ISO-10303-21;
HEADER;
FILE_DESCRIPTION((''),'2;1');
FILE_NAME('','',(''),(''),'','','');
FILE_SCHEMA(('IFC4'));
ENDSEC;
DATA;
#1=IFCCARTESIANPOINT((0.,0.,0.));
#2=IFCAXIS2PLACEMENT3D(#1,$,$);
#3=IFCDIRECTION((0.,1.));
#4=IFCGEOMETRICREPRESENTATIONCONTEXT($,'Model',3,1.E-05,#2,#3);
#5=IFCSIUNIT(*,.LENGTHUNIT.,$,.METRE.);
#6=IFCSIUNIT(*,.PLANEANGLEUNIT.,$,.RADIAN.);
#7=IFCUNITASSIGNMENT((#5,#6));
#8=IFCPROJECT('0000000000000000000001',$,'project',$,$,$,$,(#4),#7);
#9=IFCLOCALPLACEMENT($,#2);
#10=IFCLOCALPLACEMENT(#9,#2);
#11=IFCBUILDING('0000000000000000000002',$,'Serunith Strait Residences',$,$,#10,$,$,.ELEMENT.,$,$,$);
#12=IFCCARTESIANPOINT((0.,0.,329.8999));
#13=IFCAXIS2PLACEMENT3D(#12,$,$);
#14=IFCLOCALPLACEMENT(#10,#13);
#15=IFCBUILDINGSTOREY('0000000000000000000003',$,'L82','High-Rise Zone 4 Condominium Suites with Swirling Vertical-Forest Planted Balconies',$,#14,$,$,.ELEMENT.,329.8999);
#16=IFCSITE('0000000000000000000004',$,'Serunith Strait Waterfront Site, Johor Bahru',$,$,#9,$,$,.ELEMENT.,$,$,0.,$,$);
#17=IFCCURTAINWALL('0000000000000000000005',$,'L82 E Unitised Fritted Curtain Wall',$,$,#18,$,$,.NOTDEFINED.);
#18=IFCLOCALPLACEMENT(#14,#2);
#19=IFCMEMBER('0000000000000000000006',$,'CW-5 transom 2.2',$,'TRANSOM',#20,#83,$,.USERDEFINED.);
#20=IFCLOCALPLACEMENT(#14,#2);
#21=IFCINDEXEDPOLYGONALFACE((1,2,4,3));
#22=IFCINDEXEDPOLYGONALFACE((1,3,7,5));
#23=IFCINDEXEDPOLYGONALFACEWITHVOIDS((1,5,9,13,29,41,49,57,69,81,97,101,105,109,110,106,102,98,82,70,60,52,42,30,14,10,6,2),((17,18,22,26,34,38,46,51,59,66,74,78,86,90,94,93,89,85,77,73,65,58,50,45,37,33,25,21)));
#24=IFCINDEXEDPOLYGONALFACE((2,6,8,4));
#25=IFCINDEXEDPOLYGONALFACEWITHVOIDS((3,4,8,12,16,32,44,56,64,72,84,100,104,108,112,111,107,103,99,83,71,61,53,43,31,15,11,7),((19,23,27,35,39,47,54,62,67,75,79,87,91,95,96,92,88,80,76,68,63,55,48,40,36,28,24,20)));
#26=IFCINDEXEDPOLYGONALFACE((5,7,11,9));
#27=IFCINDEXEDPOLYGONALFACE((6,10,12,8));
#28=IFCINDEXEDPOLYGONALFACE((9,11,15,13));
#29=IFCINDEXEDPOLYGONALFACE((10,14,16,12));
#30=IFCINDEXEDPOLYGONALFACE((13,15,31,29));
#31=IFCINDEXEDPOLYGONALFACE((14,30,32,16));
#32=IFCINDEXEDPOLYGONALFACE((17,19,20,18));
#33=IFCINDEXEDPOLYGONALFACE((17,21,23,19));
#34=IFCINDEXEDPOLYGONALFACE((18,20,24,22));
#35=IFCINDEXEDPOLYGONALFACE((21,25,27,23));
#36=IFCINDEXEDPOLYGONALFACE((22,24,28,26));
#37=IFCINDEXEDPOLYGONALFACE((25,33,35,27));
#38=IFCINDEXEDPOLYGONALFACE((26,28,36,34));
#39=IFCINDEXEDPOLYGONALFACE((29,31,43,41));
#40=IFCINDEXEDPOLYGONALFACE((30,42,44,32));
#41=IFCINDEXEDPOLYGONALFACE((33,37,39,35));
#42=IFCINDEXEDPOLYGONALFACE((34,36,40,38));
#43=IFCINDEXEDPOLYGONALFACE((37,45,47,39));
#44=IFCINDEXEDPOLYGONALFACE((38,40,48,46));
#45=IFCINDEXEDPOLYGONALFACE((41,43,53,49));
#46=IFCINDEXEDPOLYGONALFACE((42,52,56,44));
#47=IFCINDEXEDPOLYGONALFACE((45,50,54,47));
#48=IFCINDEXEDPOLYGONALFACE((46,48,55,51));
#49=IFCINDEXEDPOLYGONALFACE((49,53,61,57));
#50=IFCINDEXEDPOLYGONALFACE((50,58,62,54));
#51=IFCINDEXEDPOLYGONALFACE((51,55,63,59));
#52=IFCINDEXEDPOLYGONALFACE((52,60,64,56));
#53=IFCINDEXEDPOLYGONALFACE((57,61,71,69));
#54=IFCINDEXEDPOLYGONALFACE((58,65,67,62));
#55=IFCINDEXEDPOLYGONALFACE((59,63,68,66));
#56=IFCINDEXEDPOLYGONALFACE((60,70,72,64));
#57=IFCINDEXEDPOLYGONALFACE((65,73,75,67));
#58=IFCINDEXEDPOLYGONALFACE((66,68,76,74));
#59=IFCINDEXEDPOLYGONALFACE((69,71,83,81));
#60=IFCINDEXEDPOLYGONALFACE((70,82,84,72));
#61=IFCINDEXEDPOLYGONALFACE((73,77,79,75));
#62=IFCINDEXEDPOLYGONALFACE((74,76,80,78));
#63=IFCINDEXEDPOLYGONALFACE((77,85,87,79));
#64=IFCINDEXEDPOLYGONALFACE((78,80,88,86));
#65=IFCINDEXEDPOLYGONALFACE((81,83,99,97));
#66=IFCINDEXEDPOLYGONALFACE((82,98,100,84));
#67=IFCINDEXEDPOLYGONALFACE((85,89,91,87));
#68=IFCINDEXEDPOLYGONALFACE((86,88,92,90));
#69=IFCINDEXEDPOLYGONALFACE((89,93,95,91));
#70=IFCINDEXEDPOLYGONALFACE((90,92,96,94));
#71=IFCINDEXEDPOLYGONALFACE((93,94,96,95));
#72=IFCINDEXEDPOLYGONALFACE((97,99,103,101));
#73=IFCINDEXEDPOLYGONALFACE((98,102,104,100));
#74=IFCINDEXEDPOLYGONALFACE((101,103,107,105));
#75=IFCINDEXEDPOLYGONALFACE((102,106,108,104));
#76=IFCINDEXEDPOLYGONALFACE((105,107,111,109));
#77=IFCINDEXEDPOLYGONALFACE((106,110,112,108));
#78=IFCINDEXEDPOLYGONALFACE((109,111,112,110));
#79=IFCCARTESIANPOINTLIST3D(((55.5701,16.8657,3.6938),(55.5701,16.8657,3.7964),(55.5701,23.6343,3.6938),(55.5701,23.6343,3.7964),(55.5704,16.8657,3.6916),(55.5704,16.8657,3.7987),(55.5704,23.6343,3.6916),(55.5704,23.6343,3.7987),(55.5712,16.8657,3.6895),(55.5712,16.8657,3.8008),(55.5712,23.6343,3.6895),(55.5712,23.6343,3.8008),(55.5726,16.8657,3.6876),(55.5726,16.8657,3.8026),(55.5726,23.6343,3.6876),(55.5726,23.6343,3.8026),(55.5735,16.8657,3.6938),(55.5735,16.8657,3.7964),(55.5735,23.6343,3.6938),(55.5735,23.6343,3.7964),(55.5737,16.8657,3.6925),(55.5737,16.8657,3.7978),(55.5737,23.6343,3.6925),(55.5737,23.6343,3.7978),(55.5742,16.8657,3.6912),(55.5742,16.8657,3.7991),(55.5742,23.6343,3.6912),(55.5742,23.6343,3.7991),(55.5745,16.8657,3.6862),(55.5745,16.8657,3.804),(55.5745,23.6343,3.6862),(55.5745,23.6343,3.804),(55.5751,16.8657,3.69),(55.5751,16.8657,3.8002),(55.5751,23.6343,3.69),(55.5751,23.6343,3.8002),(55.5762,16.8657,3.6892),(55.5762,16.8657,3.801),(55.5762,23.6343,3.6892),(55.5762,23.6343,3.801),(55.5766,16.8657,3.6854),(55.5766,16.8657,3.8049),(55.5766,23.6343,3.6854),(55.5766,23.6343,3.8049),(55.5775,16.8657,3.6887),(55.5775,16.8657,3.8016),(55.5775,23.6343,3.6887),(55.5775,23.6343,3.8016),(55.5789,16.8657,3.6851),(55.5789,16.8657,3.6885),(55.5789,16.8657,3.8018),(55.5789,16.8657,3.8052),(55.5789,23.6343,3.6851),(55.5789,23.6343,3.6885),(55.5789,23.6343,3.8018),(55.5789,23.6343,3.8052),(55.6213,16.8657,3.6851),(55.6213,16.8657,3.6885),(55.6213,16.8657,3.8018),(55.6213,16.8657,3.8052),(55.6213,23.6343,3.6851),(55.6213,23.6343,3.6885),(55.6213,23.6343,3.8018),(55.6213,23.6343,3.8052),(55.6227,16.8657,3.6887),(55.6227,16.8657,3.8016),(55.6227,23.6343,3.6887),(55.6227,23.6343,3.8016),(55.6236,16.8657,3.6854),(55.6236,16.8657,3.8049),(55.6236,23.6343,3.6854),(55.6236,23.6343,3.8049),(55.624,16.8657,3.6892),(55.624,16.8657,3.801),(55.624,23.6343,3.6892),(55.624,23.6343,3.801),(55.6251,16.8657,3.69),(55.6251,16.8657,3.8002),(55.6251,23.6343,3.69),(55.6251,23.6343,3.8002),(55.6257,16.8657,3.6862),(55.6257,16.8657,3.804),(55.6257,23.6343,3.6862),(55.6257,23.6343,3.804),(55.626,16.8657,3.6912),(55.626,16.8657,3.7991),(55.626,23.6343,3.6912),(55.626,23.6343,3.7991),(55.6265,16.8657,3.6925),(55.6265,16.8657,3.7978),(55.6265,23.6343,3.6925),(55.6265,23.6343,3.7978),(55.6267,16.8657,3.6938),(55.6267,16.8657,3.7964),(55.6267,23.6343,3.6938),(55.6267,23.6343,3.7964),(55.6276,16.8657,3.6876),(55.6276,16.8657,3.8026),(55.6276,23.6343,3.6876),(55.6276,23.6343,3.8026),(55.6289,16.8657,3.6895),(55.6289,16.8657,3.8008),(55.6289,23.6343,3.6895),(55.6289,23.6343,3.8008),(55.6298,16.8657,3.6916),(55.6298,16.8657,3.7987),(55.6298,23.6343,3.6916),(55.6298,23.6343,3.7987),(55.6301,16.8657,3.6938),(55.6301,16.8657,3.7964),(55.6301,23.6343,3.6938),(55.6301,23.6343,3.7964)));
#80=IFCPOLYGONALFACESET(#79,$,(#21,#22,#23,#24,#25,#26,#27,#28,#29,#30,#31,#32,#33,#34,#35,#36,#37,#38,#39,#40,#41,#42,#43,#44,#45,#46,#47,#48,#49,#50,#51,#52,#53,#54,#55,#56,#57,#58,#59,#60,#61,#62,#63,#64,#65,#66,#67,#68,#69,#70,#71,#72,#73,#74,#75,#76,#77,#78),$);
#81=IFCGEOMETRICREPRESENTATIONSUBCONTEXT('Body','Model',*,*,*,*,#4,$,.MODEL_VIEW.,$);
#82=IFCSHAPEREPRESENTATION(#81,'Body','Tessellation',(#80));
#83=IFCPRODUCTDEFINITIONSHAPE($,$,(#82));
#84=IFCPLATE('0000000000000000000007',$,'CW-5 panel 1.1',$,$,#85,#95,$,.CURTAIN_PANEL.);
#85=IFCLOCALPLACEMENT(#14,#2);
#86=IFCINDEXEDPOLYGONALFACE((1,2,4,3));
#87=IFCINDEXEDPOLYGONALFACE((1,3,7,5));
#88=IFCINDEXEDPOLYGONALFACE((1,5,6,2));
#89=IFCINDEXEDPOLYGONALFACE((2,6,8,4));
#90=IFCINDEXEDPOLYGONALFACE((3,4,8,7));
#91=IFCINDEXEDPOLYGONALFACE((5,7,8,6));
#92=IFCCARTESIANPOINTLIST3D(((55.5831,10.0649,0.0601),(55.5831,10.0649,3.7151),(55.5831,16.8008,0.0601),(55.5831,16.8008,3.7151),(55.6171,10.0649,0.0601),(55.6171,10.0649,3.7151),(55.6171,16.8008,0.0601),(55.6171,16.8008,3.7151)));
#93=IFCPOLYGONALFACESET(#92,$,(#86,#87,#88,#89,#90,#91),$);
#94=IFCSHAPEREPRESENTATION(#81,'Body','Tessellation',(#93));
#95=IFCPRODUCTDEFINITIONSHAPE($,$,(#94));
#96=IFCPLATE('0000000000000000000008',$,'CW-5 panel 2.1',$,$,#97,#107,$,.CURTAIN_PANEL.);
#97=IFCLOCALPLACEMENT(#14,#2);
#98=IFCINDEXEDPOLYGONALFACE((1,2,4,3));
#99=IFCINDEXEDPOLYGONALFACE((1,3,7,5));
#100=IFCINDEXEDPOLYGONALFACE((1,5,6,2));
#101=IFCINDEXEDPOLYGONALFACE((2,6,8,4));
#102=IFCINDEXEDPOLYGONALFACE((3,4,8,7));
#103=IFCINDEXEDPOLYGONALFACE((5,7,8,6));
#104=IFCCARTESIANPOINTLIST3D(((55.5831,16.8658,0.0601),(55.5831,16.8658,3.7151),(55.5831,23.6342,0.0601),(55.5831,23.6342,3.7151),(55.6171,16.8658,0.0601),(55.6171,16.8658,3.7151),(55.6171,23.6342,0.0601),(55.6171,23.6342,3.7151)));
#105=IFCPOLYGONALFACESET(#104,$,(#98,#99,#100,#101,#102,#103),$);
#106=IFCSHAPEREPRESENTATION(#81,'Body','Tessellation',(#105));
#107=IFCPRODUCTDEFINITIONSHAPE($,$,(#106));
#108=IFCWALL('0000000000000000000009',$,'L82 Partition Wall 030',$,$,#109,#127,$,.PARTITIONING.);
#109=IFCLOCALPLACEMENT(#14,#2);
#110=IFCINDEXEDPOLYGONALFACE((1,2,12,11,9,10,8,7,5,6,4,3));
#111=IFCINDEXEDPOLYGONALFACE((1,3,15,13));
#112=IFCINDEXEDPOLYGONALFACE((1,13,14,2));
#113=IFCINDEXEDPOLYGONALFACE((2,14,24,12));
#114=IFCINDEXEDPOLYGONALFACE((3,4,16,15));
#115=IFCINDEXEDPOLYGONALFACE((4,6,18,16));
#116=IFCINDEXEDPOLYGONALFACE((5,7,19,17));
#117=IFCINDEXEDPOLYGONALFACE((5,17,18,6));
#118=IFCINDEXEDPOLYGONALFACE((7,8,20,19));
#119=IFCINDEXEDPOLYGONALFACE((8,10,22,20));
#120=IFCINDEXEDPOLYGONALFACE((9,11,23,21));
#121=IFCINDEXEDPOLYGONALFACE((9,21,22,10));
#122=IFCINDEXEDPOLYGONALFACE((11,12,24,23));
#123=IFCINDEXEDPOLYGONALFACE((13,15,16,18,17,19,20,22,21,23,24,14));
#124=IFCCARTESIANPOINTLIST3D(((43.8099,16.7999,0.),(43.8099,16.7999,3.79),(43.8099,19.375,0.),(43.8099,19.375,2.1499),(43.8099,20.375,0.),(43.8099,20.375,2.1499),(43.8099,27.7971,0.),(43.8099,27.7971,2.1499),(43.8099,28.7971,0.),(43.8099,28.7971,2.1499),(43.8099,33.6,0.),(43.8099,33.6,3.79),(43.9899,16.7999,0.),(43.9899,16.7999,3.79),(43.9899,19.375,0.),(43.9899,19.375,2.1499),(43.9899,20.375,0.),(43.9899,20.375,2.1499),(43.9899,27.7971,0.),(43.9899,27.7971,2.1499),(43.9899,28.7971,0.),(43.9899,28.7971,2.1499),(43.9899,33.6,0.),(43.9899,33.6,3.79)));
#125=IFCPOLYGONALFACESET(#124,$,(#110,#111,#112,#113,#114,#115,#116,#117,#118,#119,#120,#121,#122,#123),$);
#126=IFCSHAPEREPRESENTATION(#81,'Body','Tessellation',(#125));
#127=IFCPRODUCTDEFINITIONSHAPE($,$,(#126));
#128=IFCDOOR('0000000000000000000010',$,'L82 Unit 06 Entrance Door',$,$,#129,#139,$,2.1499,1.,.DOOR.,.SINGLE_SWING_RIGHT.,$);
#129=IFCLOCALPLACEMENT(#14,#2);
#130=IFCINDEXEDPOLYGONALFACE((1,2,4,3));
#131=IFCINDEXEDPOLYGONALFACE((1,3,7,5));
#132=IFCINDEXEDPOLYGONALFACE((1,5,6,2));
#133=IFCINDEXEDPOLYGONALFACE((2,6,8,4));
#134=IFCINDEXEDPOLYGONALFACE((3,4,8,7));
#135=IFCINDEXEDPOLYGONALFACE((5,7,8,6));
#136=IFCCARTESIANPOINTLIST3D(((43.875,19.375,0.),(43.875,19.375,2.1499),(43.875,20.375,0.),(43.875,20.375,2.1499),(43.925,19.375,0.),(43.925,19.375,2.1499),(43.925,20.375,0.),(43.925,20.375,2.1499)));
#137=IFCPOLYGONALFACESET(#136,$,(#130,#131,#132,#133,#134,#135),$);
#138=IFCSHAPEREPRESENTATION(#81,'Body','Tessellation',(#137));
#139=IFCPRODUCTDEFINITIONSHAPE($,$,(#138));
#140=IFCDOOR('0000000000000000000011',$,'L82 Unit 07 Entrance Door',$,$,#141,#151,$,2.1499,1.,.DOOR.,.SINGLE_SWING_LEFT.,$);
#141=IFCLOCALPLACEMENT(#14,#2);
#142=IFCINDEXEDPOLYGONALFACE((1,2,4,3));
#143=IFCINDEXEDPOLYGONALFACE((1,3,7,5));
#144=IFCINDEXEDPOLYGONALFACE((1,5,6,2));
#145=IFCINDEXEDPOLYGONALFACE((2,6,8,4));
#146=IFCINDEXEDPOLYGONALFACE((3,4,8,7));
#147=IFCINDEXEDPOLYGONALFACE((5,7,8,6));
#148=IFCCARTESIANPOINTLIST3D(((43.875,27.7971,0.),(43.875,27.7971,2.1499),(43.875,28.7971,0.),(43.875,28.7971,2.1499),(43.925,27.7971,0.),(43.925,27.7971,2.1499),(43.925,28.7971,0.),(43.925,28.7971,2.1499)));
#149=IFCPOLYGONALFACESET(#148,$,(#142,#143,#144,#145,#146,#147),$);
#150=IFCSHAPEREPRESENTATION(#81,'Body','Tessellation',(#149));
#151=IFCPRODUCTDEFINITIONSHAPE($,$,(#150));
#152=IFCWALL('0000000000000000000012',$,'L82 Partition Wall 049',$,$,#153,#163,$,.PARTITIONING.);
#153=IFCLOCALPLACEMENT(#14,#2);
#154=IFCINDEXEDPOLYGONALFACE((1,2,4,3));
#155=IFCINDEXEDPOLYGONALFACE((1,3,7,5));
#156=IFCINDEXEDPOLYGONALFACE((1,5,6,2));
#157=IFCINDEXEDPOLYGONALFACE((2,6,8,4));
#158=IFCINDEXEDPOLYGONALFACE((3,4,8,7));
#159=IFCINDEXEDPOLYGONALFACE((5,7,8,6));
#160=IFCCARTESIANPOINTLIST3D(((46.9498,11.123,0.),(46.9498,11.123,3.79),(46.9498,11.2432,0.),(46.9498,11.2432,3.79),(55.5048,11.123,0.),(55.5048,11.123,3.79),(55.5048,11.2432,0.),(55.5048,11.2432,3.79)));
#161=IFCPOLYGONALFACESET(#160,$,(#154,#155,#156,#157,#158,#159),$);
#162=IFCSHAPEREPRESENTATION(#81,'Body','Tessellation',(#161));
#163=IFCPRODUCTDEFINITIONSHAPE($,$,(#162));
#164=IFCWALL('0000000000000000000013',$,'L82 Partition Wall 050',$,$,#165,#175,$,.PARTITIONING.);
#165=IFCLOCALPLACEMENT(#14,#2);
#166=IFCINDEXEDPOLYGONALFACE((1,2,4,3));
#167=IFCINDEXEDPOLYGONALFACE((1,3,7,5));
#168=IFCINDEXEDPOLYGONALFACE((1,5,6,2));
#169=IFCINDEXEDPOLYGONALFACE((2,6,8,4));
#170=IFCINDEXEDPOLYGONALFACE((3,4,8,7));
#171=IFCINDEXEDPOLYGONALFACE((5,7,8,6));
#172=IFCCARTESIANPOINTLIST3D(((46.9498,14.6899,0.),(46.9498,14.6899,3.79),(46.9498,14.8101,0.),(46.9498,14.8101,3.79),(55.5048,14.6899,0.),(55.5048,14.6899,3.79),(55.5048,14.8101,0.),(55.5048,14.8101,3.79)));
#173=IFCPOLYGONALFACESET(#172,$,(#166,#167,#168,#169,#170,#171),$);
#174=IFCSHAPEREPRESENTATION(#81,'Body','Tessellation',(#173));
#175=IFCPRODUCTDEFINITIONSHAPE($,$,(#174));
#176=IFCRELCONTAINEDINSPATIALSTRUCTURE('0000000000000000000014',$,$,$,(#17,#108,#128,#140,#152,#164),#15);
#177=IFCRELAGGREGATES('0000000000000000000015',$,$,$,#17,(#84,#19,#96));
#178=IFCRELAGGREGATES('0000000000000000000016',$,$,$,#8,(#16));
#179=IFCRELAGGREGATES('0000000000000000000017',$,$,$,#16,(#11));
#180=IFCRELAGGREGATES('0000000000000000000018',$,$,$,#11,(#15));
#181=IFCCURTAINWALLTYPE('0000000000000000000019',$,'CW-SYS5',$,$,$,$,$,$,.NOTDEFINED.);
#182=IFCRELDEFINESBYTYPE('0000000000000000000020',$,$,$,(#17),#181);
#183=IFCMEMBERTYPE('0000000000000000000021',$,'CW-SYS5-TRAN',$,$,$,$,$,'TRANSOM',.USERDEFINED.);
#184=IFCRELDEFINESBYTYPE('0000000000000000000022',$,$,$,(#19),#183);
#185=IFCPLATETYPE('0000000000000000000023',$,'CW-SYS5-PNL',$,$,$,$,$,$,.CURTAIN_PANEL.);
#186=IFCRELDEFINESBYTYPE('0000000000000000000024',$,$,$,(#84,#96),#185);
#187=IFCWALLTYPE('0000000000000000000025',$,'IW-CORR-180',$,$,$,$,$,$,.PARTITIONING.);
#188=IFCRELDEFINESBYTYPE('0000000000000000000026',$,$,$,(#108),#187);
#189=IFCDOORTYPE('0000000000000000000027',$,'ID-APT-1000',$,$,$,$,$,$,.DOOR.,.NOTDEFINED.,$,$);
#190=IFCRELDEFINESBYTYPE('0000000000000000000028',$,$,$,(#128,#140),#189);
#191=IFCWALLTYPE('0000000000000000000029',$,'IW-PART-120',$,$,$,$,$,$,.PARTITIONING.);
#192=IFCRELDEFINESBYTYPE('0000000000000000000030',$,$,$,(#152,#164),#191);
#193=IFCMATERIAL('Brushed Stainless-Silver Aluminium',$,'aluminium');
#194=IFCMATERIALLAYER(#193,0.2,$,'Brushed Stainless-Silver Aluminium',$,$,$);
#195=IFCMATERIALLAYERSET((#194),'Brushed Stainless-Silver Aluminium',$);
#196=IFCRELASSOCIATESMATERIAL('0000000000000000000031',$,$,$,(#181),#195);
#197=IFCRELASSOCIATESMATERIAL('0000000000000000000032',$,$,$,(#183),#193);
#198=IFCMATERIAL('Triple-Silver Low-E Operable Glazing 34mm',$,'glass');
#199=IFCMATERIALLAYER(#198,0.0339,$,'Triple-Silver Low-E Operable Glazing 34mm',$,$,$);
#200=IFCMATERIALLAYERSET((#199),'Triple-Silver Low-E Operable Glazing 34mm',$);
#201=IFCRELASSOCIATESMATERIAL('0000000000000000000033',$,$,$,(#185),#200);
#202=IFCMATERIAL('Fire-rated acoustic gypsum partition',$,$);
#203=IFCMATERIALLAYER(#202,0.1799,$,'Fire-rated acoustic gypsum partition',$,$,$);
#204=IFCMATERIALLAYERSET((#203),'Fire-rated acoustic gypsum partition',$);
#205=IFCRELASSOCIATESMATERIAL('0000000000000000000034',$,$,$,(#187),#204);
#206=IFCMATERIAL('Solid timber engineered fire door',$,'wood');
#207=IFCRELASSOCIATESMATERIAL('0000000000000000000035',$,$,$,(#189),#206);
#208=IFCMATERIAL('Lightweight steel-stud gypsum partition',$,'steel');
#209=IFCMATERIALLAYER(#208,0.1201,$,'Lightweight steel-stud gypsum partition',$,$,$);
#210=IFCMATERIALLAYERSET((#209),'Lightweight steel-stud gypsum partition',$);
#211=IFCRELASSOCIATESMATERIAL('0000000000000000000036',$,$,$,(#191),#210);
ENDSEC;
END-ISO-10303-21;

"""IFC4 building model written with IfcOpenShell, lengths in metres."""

from ifc_helpers import new_model, si_unit, direction, frame, frame_2d, origin, origin_2d, place, context, subcontext, project, spatial, rectangle, hollow_rectangle, extrude, source, transform, mapped, material, layer, layer_set, material_profile, profile_set, type_object, element, fill, aggregate, save


model = new_model("IFC4")

# Units and contexts
model_context = context("Model", 3, precision=1e-05, world=origin(), true_north=direction((0.0, 1.0)))
body_context = subcontext(model_context, "Body", "Model", "MODEL_VIEW")
ifc_project = project(units=[si_unit("LENGTHUNIT", "METRE"), si_unit("PLANEANGLEUNIT", "RADIAN")], contexts=[model_context])

# Site, building, storey
site_placement = place(None, origin())
site = spatial("IfcSite", under=ifc_project, at=site_placement, Name="Serunith Strait Waterfront Site, Johor Bahru", CompositionType="ELEMENT", RefElevation=0.0)
building_placement = place(site_placement, origin())
building = spatial("IfcBuilding", under=site, at=building_placement, Name="Serunith Strait Residences", CompositionType="ELEMENT")
storey_placement = place(building_placement, frame((0.0, 0.0, 329.8999)))
storey = spatial("IfcBuildingStorey", under=building, at=storey_placement, Name="L82", Description="High-Rise Zone 4 Condominium Suites with Swirling Vertical-Forest Planted Balconies", CompositionType="ELEMENT", Elevation=329.8999)

# Curtain wall, member, plates
ifc_material_1 = material(Name="Brushed Stainless-Silver Aluminium", Category="aluminium")
ifc_layer_1 = layer(ifc_material_1, 0.2, Name="Brushed Stainless-Silver Aluminium")
ifc_layer_set_1 = layer_set([ifc_layer_1], Name="Brushed Stainless-Silver Aluminium")
curtain_wall_type = type_object("IfcCurtainWallType", Name="CW-SYS5", PredefinedType="NOTDEFINED", material=ifc_layer_set_1)
curtain_wall_placement = place(storey_placement, origin())
curtain_wall = element("IfcCurtainWall", 1, at=curtain_wall_placement, inside=storey, type_object=curtain_wall_type, Name="L82 E Unitised Fritted Curtain Wall", PredefinedType="NOTDEFINED")
ifc_material_profile_1 = material_profile(ifc_material_1, hollow_rectangle(XDim=0.0601, YDim=0.1201, WallThickness=0.0034, InnerFilletRadius=0.0054, OuterFilletRadius=0.0088, at=origin_2d()), Name="ALU 120x60x3.5")
ifc_profile_set_1 = profile_set([ifc_material_profile_1], Name="Brushed Stainless-Silver Aluminium")
member_type_1 = type_object("IfcMemberType", Name="CW-SYS5-TRAN", ElementType="TRANSOM", PredefinedType="USERDEFINED", material=ifc_profile_set_1)
shared_shape_1 = source(origin(), body_context, "Body", "SweptSolid", [
    extrude(hollow_rectangle(XDim=0.0601, YDim=0.1201, WallThickness=0.0034, InnerFilletRadius=0.0054, OuterFilletRadius=0.0088, at=origin_2d()), origin(), (0.0, 0.0, 1.0), 6.7686),
])
member_1_placement = place(storey_placement, frame((55.6001, 16.8657, 3.7451), z_axis=(0.0, 1.0, 0.0), x_axis=(-1.0, 0.0, 0.0)))
member_1 = element("IfcMember", 2, at=member_1_placement, type_object=member_type_1, Name="CW-5 transom 2.2", ObjectType="TRANSOM", PredefinedType="USERDEFINED", context=body_context, shape_type="MappedRepresentation", body=[
    mapped(shared_shape_1, transform((0.0, 0.0, 0.0), scale=1.0)),
])
ifc_material_2 = material(Name="Triple-Silver Low-E Operable Glazing 34mm", Category="glass")
ifc_layer_2 = layer(ifc_material_2, 0.0339, Name="Triple-Silver Low-E Operable Glazing 34mm")
ifc_layer_set_2 = layer_set([ifc_layer_2], Name="Triple-Silver Low-E Operable Glazing 34mm")
plate_type = type_object("IfcPlateType", Name="CW-SYS5-PNL", PredefinedType="CURTAIN_PANEL", material=ifc_layer_set_2)
shared_shape_2 = source(origin(), body_context, "Body", "SweptSolid", [
    extrude(rectangle(XDim=6.7358, YDim=0.0339, at=origin_2d()), origin(), (0.0, 0.0, 1.0), 3.655),
])
plate_1_placement = place(storey_placement, frame((55.6001, 13.4329, 0.0601), z_axis=(0.0, 0.0, 1.0), x_axis=(0.0, 1.0, 0.0)))
plate_1 = element("IfcPlate", 3, at=plate_1_placement, type_object=plate_type, Name="CW-5 panel 1.1", PredefinedType="CURTAIN_PANEL", context=body_context, shape_type="MappedRepresentation", body=[
    mapped(shared_shape_2, transform((0.0, 0.0, 0.0), scale=1.0)),
])
shared_shape_3 = source(origin(), body_context, "Body", "SweptSolid", [
    extrude(rectangle(XDim=6.7683, YDim=0.0339, at=origin_2d()), origin(), (0.0, 0.0, 1.0), 3.655),
])
plate_2_placement = place(storey_placement, frame((55.6001, 20.25, 0.0601), z_axis=(0.0, 0.0, 1.0), x_axis=(0.0, 1.0, 0.0)))
plate_2 = element("IfcPlate", 4, at=plate_2_placement, type_object=plate_type, Name="CW-5 panel 2.1", PredefinedType="CURTAIN_PANEL", context=body_context, shape_type="MappedRepresentation", body=[
    mapped(shared_shape_3, transform((0.0, 0.0, 0.0), scale=1.0)),
])
aggregate(curtain_wall, [plate_1, member_1, plate_2])

# Wall, openings, doors
ifc_material_3 = material(Name="Fire-rated acoustic gypsum partition")
ifc_layer_3 = layer(ifc_material_3, 0.1799, Name="Fire-rated acoustic gypsum partition")
ifc_layer_set_3 = layer_set([ifc_layer_3], Name="Fire-rated acoustic gypsum partition")
wall_type_1 = type_object("IfcWallType", Name="IW-CORR-180", PredefinedType="PARTITIONING", material=ifc_layer_set_3)
wall_1_placement = place(storey_placement, frame((43.8999, 16.8, 0.0), z_axis=(0.0, 0.0, 1.0), x_axis=(0.0, 1.0, 0.0)))
wall_1 = element("IfcWall", 5, at=wall_1_placement, inside=storey, type_object=wall_type_1, Name="L82 Partition Wall 030", PredefinedType="PARTITIONING", context=body_context, shape_type="SweptSolid", body=[
    extrude(rectangle(XDim=16.8, YDim=0.1799, at=frame_2d((8.3999, 0.0))), origin(), (0.0, 0.0, 1.0), 3.79),
])
opening_1_placement = place(wall_1_placement, frame((2.575, 0.0, 0.0)))
opening_1 = element("IfcOpeningElement", 6, at=opening_1_placement, cuts=wall_1, PredefinedType="OPENING", context=body_context, shape_type="SweptSolid", body=[
    extrude(rectangle(XDim=1.0, YDim=2.1499, at=frame_2d((0.5, 1.075))), frame((0.0, 0.1001, 0.0), z_axis=(0.0, -1.0, 0.0), x_axis=(1.0, 0.0, 0.0)), (0.0, 0.0, 1.0), 0.2),
])
opening_2_placement = place(wall_1_placement, frame((10.9971, 0.0, 0.0)))
opening_2 = element("IfcOpeningElement", 7, at=opening_2_placement, cuts=wall_1, PredefinedType="OPENING", context=body_context, shape_type="SweptSolid", body=[
    extrude(rectangle(XDim=1.0, YDim=2.1499, at=frame_2d((0.5, 1.075))), frame((0.0, 0.1001, 0.0), z_axis=(0.0, -1.0, 0.0), x_axis=(1.0, 0.0, 0.0)), (0.0, 0.0, 1.0), 0.2),
])
ifc_material_4 = material(Name="Solid timber engineered fire door", Category="wood")
door_type_1 = type_object("IfcDoorType", Name="ID-APT-1000", OperationType="NOTDEFINED", PredefinedType="DOOR", material=ifc_material_4)
shared_shape_4 = source(origin(), body_context, "Body", "SweptSolid", [
    extrude(rectangle(XDim=1.0, YDim=2.1499, at=frame_2d((0.5, 1.075))), frame((0.0, 0.0249, 0.0), z_axis=(0.0, -1.0, 0.0), x_axis=(1.0, 0.0, 0.0)), (0.0, 0.0, 1.0), 0.05),
])
door_1_placement = place(opening_1_placement, origin())
door_1 = element("IfcDoor", 8, at=door_1_placement, inside=storey, type_object=door_type_1, Name="L82 Unit 06 Entrance Door", OperationType="SINGLE_SWING_RIGHT", OverallHeight=2.1499, OverallWidth=1.0, PredefinedType="DOOR", context=body_context, shape_type="MappedRepresentation", body=[
    mapped(shared_shape_4, transform((0.0, 0.0, 0.0), scale=1.0)),
])
fill(opening_1, door_1)
door_2_placement = place(opening_2_placement, origin())
door_2 = element("IfcDoor", 9, at=door_2_placement, inside=storey, type_object=door_type_1, Name="L82 Unit 07 Entrance Door", OperationType="SINGLE_SWING_LEFT", OverallHeight=2.1499, OverallWidth=1.0, PredefinedType="DOOR", context=body_context, shape_type="MappedRepresentation", body=[
    mapped(shared_shape_4, transform((0.0, 0.0, 0.0), scale=1.0)),
])
fill(opening_2, door_2)

# Walls
ifc_material_5 = material(Name="Lightweight steel-stud gypsum partition", Category="steel")
ifc_layer_4 = layer(ifc_material_5, 0.1201, Name="Lightweight steel-stud gypsum partition")
ifc_layer_set_4 = layer_set([ifc_layer_4], Name="Lightweight steel-stud gypsum partition")
wall_type_2 = type_object("IfcWallType", Name="IW-PART-120", PredefinedType="PARTITIONING", material=ifc_layer_set_4)
for number, where, z_axis, x_axis, name in (
    (10, (46.95, 11.1831, 0.0), (0.0, 0.0, 1.0), (1.0, 0.0, 0.0), "L82 Partition Wall 049"),
    (11, (46.95, 14.75, 0.0), (0.0, 0.0, 1.0), (1.0, 0.0, 0.0), "L82 Partition Wall 050"),
):
    element("IfcWall", number, at=place(storey_placement, frame(where, z_axis=z_axis, x_axis=x_axis)), inside=storey, type_object=wall_type_2, Name=name, PredefinedType="PARTITIONING", context=body_context, shape_type="SweptSolid", body=[
        extrude(rectangle(XDim=8.5549, YDim=0.1201, at=frame_2d((4.2773, 0.0))), origin(), (0.0, 0.0, 1.0), 3.79),
    ])

save(model, "model.ifc")
